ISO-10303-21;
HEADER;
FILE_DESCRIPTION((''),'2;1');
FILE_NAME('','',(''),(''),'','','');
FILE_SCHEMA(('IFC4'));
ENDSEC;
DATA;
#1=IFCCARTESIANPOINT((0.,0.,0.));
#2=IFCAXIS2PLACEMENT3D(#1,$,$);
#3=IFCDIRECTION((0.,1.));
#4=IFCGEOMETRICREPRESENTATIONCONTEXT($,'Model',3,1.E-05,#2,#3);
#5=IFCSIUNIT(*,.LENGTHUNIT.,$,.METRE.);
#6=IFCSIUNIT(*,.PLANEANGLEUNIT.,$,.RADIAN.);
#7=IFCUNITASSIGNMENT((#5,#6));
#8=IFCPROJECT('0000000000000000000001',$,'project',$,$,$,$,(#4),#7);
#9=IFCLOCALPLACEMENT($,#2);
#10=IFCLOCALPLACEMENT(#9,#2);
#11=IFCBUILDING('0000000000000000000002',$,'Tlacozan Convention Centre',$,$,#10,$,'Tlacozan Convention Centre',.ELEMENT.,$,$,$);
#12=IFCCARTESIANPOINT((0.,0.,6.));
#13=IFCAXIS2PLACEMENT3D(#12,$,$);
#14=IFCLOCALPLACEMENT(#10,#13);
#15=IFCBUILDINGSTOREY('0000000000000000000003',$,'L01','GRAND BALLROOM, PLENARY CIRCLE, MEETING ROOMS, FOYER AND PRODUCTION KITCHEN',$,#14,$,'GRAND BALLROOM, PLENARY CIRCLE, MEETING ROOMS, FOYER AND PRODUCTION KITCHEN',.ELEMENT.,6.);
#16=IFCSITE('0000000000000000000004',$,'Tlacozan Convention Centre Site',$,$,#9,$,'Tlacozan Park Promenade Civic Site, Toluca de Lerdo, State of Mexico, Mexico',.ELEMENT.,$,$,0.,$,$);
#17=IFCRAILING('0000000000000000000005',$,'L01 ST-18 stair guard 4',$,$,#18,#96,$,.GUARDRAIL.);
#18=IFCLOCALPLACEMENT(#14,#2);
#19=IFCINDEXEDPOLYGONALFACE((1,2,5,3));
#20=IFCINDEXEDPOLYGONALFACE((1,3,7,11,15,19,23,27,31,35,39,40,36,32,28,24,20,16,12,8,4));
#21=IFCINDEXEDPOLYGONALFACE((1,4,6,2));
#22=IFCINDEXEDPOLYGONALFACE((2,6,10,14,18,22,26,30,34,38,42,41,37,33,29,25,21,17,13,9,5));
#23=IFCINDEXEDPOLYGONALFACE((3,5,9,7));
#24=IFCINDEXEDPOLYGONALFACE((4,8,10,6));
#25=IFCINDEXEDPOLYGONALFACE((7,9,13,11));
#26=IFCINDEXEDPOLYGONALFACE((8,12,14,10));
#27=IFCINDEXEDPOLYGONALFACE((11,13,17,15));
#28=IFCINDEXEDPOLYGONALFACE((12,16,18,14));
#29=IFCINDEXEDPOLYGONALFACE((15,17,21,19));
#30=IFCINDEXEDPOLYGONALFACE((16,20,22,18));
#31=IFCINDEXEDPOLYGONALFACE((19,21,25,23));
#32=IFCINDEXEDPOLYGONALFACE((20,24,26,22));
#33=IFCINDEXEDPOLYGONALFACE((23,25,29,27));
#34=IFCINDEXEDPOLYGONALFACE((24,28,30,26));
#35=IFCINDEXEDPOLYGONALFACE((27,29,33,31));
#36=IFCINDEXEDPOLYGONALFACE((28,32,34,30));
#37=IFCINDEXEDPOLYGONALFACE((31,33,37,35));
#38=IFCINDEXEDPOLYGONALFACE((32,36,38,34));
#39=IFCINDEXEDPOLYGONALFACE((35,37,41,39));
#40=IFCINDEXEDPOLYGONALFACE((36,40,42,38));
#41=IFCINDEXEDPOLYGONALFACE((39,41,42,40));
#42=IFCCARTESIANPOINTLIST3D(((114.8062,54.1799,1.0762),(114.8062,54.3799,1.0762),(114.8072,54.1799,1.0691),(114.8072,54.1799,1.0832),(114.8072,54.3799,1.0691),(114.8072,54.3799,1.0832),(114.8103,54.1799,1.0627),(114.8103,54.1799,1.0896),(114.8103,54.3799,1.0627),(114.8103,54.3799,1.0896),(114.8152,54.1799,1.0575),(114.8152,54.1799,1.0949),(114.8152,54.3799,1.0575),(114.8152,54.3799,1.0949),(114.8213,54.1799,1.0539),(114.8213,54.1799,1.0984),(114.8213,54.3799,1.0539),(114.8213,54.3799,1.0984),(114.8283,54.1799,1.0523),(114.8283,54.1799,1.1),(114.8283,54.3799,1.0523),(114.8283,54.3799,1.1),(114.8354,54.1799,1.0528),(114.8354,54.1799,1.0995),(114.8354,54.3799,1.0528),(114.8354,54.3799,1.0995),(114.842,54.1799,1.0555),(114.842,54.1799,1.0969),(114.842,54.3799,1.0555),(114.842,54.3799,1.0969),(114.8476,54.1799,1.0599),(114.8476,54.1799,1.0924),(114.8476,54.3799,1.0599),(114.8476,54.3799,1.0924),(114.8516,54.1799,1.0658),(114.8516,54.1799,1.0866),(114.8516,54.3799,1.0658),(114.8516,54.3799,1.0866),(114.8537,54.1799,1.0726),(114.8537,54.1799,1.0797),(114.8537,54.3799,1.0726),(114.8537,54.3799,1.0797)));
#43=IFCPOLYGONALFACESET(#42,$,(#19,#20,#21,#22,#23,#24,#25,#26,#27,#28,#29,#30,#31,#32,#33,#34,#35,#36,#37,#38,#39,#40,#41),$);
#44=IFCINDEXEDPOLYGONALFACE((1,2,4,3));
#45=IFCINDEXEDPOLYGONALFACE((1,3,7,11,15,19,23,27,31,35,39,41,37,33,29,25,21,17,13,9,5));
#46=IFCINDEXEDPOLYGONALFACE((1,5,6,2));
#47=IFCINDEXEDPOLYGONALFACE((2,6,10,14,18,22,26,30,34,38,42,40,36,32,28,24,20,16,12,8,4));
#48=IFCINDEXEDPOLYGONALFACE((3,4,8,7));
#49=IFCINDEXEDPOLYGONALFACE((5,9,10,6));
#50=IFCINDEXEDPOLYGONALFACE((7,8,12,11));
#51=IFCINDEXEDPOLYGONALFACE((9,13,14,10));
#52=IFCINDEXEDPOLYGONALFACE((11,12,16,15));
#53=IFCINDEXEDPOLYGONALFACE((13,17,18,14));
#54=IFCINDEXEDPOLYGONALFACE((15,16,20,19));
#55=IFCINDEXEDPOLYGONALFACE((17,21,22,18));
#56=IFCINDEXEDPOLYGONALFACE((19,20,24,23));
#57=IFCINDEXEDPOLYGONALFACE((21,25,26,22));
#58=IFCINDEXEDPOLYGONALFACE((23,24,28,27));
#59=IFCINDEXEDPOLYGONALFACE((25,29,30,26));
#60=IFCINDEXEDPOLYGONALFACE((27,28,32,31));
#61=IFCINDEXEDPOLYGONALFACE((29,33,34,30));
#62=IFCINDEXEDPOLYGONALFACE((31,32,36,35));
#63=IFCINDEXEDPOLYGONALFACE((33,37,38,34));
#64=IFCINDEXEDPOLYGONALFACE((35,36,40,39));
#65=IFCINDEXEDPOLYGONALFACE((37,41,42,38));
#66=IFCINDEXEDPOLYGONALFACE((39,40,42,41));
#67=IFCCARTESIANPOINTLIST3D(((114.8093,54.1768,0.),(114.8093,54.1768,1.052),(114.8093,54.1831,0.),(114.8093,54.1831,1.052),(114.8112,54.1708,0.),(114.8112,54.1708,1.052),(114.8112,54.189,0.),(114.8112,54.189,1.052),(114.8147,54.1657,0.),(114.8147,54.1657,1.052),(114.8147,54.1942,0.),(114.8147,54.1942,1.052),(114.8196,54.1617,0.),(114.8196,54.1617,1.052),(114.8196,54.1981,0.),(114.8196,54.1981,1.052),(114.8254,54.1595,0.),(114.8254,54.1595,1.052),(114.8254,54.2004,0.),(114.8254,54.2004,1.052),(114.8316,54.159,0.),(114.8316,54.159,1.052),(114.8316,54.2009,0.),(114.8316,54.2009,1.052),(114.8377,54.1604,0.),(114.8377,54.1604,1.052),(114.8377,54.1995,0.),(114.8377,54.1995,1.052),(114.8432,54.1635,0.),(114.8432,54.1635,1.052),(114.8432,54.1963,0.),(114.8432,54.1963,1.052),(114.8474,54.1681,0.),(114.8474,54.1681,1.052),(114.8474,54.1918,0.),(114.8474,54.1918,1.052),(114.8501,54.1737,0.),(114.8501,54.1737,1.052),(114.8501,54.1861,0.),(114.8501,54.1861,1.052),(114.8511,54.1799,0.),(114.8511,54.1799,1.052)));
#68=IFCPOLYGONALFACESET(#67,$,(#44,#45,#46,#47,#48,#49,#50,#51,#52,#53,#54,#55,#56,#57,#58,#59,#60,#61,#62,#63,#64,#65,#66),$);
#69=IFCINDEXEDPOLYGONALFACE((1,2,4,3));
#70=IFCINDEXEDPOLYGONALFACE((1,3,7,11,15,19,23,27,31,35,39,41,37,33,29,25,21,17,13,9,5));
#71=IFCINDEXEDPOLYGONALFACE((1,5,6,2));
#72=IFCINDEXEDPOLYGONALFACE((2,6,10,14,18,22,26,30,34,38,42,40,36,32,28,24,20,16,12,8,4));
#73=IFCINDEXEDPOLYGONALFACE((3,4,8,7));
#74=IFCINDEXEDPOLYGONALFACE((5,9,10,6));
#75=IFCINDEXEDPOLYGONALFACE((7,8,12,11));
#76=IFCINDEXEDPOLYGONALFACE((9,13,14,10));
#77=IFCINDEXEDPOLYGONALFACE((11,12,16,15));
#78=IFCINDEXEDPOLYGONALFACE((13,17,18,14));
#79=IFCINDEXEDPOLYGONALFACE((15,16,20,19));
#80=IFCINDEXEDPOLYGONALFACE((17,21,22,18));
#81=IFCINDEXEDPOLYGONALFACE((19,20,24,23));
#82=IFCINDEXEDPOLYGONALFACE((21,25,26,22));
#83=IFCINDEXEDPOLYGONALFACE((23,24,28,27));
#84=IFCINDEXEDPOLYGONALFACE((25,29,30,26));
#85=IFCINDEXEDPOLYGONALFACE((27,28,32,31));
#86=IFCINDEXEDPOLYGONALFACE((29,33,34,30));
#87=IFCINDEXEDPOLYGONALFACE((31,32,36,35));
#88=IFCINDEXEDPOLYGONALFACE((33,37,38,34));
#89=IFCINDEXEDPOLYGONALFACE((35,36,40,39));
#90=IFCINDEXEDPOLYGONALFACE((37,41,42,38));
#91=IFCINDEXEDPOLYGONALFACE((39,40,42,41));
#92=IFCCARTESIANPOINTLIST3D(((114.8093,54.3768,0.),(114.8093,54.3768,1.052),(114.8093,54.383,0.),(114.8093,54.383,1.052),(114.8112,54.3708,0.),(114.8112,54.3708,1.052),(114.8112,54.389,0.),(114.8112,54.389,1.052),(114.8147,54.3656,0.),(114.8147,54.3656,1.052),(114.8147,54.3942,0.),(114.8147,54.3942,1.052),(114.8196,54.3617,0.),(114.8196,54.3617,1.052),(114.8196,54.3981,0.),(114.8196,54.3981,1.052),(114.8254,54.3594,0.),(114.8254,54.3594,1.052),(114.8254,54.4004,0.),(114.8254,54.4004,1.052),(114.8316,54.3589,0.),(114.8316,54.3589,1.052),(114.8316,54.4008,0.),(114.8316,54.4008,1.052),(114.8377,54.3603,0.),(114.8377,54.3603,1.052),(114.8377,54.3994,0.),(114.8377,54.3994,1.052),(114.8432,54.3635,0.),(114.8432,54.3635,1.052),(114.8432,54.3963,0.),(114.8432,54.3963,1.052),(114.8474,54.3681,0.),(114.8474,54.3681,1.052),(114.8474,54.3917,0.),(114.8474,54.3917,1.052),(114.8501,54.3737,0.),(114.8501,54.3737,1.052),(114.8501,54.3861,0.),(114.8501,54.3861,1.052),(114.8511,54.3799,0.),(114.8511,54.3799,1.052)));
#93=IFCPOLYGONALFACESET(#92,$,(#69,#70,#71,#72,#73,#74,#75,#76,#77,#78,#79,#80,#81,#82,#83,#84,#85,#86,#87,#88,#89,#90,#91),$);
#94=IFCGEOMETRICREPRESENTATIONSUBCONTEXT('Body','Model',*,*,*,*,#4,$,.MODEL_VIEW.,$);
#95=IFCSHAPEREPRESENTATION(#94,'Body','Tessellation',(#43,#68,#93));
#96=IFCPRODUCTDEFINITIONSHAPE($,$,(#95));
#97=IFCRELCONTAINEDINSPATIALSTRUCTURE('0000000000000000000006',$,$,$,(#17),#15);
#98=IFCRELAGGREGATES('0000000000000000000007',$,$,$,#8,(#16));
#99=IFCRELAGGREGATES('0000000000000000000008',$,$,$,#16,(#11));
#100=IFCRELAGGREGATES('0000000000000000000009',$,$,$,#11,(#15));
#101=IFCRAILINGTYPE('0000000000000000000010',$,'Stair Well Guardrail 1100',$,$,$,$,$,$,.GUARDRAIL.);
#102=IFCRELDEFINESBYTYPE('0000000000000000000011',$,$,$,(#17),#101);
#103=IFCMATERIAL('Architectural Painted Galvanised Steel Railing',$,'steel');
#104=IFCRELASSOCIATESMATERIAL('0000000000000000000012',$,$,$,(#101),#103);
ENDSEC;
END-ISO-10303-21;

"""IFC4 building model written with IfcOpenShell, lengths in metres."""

from ifc_helpers import new_model, si_unit, direction, frame, origin, origin_2d, place, context, subcontext, project, spatial, circle, extrude, material, type_object, element, save


model = new_model("IFC4")

# Units and contexts
model_context = context("Model", 3, precision=1e-05, world=origin(), true_north=direction((0.0, 1.0)))
body_context = subcontext(model_context, "Body", "Model", "MODEL_VIEW")
ifc_project = project(units=[si_unit("LENGTHUNIT", "METRE"), si_unit("PLANEANGLEUNIT", "RADIAN")], contexts=[model_context])

# Site, building, storey
site_placement = place(None, origin())
site = spatial("IfcSite", under=ifc_project, at=site_placement, Name="Tlacozan Convention Centre Site", LongName="Tlacozan Park Promenade Civic Site, Toluca de Lerdo, State of Mexico, Mexico", CompositionType="ELEMENT", RefElevation=0.0)
building_placement = place(site_placement, origin())
building = spatial("IfcBuilding", under=site, at=building_placement, Name="Tlacozan Convention Centre", LongName="Tlacozan Convention Centre", CompositionType="ELEMENT")
storey_placement = place(building_placement, frame((0.0, 0.0, 6.0)))
storey = spatial("IfcBuildingStorey", under=building, at=storey_placement, Name="L01", Description="GRAND BALLROOM, PLENARY CIRCLE, MEETING ROOMS, FOYER AND PRODUCTION KITCHEN", LongName="GRAND BALLROOM, PLENARY CIRCLE, MEETING ROOMS, FOYER AND PRODUCTION KITCHEN", CompositionType="ELEMENT", Elevation=6.0)

# Railing
ifc_material_1 = material(Name="Architectural Painted Galvanised Steel Railing", Category="steel")
railing_type_1 = type_object("IfcRailingType", Name="Stair Well Guardrail 1100", PredefinedType="GUARDRAIL", material=ifc_material_1)
railing_1_placement = place(storey_placement, frame((114.8301, 54.1799, 0.0)))
element("IfcRailing", 1, at=railing_1_placement, inside=storey, type_object=railing_type_1, Name="L01 ST-18 stair guard 4", PredefinedType="GUARDRAIL", context=body_context, shape_type="SweptSolid", body=[
    extrude(circle(Radius=0.0239, at=origin_2d()), frame((0.0, 0.0, 1.0762), z_axis=(0.0, 1.0, 0.0), x_axis=(-1.0, 0.0, 0.0)), (0.0, 0.0, 1.0), 0.2),
    extrude(circle(Radius=0.021, at=origin_2d()), origin(), (0.0, 0.0, 1.0), 1.052),
    extrude(circle(Radius=0.021, at=origin_2d()), frame((0.0, 0.2, 0.0)), (0.0, 0.0, 1.0), 1.052),
])

save(model, "model.ifc")
